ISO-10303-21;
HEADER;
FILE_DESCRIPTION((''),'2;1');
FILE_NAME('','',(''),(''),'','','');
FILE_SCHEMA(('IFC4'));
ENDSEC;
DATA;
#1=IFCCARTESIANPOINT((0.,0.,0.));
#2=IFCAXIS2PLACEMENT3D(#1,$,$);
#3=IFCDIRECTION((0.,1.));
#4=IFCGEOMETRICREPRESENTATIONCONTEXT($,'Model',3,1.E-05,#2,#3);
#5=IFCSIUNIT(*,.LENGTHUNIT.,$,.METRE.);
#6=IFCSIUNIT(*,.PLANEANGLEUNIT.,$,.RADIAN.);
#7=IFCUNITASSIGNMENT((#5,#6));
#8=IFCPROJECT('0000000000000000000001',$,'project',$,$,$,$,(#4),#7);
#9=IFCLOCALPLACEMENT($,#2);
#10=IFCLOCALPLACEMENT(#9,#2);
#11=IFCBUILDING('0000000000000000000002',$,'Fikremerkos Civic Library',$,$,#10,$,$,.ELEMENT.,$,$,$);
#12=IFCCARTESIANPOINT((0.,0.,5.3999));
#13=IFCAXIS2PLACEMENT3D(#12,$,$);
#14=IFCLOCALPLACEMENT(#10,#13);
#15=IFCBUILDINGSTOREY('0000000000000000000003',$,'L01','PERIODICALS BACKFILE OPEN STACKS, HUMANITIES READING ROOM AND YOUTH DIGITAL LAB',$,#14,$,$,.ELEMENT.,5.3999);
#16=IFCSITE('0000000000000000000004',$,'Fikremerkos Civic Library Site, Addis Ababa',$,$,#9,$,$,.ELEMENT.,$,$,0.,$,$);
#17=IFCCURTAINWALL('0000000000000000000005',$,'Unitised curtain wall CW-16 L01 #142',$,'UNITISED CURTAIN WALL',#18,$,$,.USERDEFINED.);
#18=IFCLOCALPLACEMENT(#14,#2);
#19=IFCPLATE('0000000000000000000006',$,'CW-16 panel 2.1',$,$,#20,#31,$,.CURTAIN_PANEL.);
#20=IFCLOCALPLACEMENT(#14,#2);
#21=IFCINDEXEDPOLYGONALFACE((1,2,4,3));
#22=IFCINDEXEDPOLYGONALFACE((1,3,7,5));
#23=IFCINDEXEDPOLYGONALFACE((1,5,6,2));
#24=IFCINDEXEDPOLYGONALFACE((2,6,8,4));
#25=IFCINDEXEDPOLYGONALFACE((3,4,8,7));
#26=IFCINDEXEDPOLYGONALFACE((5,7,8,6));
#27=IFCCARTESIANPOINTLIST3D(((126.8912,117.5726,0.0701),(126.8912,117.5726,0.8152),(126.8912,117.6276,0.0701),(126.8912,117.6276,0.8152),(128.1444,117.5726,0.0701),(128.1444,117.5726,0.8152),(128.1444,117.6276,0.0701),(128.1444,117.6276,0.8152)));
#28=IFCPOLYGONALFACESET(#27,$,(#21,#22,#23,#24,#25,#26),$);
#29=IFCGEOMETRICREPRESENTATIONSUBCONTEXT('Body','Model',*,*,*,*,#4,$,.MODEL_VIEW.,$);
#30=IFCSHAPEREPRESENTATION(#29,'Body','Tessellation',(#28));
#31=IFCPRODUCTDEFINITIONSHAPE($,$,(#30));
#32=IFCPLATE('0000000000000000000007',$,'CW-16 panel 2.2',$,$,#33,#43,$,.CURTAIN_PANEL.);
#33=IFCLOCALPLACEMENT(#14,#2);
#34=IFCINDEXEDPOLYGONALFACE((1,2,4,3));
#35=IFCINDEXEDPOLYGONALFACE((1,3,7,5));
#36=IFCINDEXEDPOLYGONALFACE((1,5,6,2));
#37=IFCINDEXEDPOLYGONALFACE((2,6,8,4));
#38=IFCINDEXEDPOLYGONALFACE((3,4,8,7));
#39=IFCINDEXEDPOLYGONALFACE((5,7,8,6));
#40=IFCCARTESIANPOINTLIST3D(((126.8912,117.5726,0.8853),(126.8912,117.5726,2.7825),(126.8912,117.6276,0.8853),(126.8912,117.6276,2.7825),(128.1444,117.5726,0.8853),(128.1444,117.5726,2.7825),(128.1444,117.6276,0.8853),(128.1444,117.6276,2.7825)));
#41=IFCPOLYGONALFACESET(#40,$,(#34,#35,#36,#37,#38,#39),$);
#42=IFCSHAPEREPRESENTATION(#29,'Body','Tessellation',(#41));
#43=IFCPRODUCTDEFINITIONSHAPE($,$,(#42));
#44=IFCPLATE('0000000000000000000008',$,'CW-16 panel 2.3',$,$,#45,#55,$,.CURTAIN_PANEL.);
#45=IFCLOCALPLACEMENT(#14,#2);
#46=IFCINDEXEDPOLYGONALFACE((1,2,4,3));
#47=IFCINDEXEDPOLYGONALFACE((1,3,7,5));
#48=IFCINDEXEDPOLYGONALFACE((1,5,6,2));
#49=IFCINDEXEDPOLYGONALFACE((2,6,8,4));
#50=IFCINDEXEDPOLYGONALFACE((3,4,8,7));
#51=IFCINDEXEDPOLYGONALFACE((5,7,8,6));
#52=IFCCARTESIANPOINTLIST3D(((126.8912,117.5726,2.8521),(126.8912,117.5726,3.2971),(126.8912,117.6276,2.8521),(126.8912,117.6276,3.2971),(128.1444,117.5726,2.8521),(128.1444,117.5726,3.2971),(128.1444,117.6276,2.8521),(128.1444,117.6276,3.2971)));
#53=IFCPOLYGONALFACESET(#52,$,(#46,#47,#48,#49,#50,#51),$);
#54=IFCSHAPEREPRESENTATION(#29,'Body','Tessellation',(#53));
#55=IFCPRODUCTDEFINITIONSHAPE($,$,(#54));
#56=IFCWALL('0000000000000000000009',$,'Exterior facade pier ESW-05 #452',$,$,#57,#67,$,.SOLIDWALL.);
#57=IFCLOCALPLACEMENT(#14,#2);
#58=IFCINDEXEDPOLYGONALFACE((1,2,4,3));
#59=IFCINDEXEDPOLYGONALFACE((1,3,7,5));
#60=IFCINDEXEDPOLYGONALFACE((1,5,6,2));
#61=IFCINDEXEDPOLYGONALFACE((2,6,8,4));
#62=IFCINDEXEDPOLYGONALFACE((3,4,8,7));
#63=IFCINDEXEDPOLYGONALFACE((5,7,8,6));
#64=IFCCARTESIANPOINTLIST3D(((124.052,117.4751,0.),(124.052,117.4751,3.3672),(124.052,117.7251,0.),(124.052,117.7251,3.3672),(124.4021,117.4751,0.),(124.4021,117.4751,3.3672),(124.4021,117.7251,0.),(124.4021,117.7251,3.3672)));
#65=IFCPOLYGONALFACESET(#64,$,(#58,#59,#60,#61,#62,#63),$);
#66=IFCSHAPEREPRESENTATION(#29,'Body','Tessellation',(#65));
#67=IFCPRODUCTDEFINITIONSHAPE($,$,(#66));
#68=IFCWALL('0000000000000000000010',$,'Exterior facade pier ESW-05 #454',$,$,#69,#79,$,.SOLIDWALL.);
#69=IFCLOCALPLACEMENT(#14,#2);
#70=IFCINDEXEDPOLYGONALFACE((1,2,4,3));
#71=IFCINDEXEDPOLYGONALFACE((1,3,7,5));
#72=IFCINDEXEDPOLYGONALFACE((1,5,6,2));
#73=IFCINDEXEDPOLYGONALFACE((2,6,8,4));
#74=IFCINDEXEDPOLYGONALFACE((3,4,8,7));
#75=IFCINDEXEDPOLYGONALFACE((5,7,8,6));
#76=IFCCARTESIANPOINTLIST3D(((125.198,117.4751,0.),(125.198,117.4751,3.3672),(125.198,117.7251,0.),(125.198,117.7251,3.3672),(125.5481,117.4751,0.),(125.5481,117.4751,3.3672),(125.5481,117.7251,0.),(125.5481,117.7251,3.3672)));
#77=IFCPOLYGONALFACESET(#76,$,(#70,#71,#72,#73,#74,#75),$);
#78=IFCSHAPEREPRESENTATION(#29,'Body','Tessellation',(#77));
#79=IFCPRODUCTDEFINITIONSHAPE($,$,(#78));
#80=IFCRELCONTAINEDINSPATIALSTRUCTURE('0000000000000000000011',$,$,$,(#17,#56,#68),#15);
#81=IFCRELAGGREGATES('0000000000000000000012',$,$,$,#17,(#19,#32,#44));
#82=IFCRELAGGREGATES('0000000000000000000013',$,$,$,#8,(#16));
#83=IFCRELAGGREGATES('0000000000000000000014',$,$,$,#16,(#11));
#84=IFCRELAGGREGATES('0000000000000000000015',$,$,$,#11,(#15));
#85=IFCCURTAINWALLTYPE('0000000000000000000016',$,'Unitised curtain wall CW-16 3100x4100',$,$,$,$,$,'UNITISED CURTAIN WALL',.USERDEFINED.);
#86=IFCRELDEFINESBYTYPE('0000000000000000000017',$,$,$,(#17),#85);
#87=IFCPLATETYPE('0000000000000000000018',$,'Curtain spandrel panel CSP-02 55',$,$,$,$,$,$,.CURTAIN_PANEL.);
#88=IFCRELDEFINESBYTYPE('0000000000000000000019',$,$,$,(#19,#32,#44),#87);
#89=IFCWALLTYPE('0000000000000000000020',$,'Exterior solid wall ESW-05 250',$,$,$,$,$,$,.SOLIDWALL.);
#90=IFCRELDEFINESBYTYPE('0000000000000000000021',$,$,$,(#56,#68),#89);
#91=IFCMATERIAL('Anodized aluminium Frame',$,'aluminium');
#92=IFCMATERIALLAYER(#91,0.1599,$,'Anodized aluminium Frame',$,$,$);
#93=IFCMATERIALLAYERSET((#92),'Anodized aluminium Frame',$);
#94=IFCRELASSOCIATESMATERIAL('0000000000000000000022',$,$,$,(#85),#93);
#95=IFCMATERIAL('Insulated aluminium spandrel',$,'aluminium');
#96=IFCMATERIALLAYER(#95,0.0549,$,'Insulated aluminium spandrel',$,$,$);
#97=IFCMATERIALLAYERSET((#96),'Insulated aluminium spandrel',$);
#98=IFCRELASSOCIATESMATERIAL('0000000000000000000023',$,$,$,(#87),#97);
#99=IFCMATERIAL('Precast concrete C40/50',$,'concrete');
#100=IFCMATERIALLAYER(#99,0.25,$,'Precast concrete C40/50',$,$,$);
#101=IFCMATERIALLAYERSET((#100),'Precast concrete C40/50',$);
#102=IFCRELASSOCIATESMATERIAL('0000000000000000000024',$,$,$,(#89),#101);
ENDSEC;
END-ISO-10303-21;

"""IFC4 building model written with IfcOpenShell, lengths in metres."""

from ifc_helpers import new_model, si_unit, direction, frame, frame_2d, origin, origin_2d, place, context, subcontext, project, spatial, rectangle, extrude, material, layer, layer_set, type_object, element, aggregate, save


model = new_model("IFC4")

# Units and contexts
model_context = context("Model", 3, precision=1e-05, world=origin(), true_north=direction((0.0, 1.0)))
body_context = subcontext(model_context, "Body", "Model", "MODEL_VIEW")
ifc_project = project(units=[si_unit("LENGTHUNIT", "METRE"), si_unit("PLANEANGLEUNIT", "RADIAN")], contexts=[model_context])

# Site, building, storey
site_placement = place(None, origin())
site = spatial("IfcSite", under=ifc_project, at=site_placement, Name="Fikremerkos Civic Library Site, Addis Ababa", CompositionType="ELEMENT", RefElevation=0.0)
building_placement = place(site_placement, origin())
building = spatial("IfcBuilding", under=site, at=building_placement, Name="Fikremerkos Civic Library", CompositionType="ELEMENT")
storey_placement = place(building_placement, frame((0.0, 0.0, 5.3999)))
storey = spatial("IfcBuildingStorey", under=building, at=storey_placement, Name="L01", Description="PERIODICALS BACKFILE OPEN STACKS, HUMANITIES READING ROOM AND YOUTH DIGITAL LAB", CompositionType="ELEMENT", Elevation=5.3999)

# Curtain wall
ifc_material_1 = material(Name="Anodized aluminium Frame", Category="aluminium")
ifc_layer_1 = layer(ifc_material_1, 0.1599, Name="Anodized aluminium Frame")
ifc_layer_set_1 = layer_set([ifc_layer_1], Name="Anodized aluminium Frame")
curtain_wall_type_1 = type_object("IfcCurtainWallType", Name="Unitised curtain wall CW-16 3100x4100", ElementType="UNITISED CURTAIN WALL", PredefinedType="USERDEFINED", material=ifc_layer_set_1)
curtain_wall_1_placement = place(storey_placement, origin())
curtain_wall_1 = element("IfcCurtainWall", 1, at=curtain_wall_1_placement, inside=storey, type_object=curtain_wall_type_1, Name="Unitised curtain wall CW-16 L01 #142", ObjectType="UNITISED CURTAIN WALL", PredefinedType="USERDEFINED")

# Plates
ifc_material_2 = material(Name="Insulated aluminium spandrel", Category="aluminium")
ifc_layer_2 = layer(ifc_material_2, 0.0549, Name="Insulated aluminium spandrel")
ifc_layer_set_2 = layer_set([ifc_layer_2], Name="Insulated aluminium spandrel")
plate_type_1 = type_object("IfcPlateType", Name="Curtain spandrel panel CSP-02 55", PredefinedType="CURTAIN_PANEL", material=ifc_layer_set_2)
plate_1_placement = place(storey_placement, frame((127.5178, 117.6001, 0.0701), z_axis=(0.0, 0.0, 1.0), x_axis=(1.0, 0.0, 0.0)))
plate_1 = element("IfcPlate", 2, at=plate_1_placement, type_object=plate_type_1, Name="CW-16 panel 2.1", PredefinedType="CURTAIN_PANEL", context=body_context, shape_type="SweptSolid", body=[
    extrude(rectangle(XDim=1.2532, YDim=0.0549, at=origin_2d()), origin(), (0.0, 0.0, 1.0), 0.7451),
])
plate_2_placement = place(storey_placement, frame((127.5178, 117.6001, 0.8853), z_axis=(0.0, 0.0, 1.0), x_axis=(1.0, 0.0, 0.0)))
plate_2 = element("IfcPlate", 3, at=plate_2_placement, type_object=plate_type_1, Name="CW-16 panel 2.2", PredefinedType="CURTAIN_PANEL", context=body_context, shape_type="SweptSolid", body=[
    extrude(rectangle(XDim=1.2532, YDim=0.0549, at=origin_2d()), origin(), (0.0, 0.0, 1.0), 1.8972),
])
plate_3_placement = place(storey_placement, frame((127.5178, 117.6001, 2.8521), z_axis=(0.0, 0.0, 1.0), x_axis=(1.0, 0.0, 0.0)))
plate_3 = element("IfcPlate", 4, at=plate_3_placement, type_object=plate_type_1, Name="CW-16 panel 2.3", PredefinedType="CURTAIN_PANEL", context=body_context, shape_type="SweptSolid", body=[
    extrude(rectangle(XDim=1.2532, YDim=0.0549, at=origin_2d()), origin(), (0.0, 0.0, 1.0), 0.4451),
])
aggregate(curtain_wall_1, [plate_1, plate_2, plate_3])

# Walls
ifc_material_3 = material(Name="Precast concrete C40/50", Category="concrete")
ifc_layer_3 = layer(ifc_material_3, 0.25, Name="Precast concrete C40/50")
ifc_layer_set_3 = layer_set([ifc_layer_3], Name="Precast concrete C40/50")
wall_type = type_object("IfcWallType", Name="Exterior solid wall ESW-05 250", PredefinedType="SOLIDWALL", material=ifc_layer_set_3)
for number, where, z_axis, x_axis, name in (
    (5, (124.052, 117.6001, 0.0), (0.0, 0.0, 1.0), (1.0, 0.0, 0.0), "Exterior facade pier ESW-05 #452"),
    (6, (125.198, 117.6001, 0.0), (0.0, 0.0, 1.0), (1.0, 0.0, 0.0), "Exterior facade pier ESW-05 #454"),
):
    element("IfcWall", number, at=place(storey_placement, frame(where, z_axis=z_axis, x_axis=x_axis)), inside=storey, type_object=wall_type, Name=name, PredefinedType="SOLIDWALL", context=body_context, shape_type="SweptSolid", body=[
        extrude(rectangle(XDim=0.3501, YDim=0.25, at=frame_2d((0.175, 0.0))), origin(), (0.0, 0.0, 1.0), 3.3672),
    ])

save(model, "model.ifc")
